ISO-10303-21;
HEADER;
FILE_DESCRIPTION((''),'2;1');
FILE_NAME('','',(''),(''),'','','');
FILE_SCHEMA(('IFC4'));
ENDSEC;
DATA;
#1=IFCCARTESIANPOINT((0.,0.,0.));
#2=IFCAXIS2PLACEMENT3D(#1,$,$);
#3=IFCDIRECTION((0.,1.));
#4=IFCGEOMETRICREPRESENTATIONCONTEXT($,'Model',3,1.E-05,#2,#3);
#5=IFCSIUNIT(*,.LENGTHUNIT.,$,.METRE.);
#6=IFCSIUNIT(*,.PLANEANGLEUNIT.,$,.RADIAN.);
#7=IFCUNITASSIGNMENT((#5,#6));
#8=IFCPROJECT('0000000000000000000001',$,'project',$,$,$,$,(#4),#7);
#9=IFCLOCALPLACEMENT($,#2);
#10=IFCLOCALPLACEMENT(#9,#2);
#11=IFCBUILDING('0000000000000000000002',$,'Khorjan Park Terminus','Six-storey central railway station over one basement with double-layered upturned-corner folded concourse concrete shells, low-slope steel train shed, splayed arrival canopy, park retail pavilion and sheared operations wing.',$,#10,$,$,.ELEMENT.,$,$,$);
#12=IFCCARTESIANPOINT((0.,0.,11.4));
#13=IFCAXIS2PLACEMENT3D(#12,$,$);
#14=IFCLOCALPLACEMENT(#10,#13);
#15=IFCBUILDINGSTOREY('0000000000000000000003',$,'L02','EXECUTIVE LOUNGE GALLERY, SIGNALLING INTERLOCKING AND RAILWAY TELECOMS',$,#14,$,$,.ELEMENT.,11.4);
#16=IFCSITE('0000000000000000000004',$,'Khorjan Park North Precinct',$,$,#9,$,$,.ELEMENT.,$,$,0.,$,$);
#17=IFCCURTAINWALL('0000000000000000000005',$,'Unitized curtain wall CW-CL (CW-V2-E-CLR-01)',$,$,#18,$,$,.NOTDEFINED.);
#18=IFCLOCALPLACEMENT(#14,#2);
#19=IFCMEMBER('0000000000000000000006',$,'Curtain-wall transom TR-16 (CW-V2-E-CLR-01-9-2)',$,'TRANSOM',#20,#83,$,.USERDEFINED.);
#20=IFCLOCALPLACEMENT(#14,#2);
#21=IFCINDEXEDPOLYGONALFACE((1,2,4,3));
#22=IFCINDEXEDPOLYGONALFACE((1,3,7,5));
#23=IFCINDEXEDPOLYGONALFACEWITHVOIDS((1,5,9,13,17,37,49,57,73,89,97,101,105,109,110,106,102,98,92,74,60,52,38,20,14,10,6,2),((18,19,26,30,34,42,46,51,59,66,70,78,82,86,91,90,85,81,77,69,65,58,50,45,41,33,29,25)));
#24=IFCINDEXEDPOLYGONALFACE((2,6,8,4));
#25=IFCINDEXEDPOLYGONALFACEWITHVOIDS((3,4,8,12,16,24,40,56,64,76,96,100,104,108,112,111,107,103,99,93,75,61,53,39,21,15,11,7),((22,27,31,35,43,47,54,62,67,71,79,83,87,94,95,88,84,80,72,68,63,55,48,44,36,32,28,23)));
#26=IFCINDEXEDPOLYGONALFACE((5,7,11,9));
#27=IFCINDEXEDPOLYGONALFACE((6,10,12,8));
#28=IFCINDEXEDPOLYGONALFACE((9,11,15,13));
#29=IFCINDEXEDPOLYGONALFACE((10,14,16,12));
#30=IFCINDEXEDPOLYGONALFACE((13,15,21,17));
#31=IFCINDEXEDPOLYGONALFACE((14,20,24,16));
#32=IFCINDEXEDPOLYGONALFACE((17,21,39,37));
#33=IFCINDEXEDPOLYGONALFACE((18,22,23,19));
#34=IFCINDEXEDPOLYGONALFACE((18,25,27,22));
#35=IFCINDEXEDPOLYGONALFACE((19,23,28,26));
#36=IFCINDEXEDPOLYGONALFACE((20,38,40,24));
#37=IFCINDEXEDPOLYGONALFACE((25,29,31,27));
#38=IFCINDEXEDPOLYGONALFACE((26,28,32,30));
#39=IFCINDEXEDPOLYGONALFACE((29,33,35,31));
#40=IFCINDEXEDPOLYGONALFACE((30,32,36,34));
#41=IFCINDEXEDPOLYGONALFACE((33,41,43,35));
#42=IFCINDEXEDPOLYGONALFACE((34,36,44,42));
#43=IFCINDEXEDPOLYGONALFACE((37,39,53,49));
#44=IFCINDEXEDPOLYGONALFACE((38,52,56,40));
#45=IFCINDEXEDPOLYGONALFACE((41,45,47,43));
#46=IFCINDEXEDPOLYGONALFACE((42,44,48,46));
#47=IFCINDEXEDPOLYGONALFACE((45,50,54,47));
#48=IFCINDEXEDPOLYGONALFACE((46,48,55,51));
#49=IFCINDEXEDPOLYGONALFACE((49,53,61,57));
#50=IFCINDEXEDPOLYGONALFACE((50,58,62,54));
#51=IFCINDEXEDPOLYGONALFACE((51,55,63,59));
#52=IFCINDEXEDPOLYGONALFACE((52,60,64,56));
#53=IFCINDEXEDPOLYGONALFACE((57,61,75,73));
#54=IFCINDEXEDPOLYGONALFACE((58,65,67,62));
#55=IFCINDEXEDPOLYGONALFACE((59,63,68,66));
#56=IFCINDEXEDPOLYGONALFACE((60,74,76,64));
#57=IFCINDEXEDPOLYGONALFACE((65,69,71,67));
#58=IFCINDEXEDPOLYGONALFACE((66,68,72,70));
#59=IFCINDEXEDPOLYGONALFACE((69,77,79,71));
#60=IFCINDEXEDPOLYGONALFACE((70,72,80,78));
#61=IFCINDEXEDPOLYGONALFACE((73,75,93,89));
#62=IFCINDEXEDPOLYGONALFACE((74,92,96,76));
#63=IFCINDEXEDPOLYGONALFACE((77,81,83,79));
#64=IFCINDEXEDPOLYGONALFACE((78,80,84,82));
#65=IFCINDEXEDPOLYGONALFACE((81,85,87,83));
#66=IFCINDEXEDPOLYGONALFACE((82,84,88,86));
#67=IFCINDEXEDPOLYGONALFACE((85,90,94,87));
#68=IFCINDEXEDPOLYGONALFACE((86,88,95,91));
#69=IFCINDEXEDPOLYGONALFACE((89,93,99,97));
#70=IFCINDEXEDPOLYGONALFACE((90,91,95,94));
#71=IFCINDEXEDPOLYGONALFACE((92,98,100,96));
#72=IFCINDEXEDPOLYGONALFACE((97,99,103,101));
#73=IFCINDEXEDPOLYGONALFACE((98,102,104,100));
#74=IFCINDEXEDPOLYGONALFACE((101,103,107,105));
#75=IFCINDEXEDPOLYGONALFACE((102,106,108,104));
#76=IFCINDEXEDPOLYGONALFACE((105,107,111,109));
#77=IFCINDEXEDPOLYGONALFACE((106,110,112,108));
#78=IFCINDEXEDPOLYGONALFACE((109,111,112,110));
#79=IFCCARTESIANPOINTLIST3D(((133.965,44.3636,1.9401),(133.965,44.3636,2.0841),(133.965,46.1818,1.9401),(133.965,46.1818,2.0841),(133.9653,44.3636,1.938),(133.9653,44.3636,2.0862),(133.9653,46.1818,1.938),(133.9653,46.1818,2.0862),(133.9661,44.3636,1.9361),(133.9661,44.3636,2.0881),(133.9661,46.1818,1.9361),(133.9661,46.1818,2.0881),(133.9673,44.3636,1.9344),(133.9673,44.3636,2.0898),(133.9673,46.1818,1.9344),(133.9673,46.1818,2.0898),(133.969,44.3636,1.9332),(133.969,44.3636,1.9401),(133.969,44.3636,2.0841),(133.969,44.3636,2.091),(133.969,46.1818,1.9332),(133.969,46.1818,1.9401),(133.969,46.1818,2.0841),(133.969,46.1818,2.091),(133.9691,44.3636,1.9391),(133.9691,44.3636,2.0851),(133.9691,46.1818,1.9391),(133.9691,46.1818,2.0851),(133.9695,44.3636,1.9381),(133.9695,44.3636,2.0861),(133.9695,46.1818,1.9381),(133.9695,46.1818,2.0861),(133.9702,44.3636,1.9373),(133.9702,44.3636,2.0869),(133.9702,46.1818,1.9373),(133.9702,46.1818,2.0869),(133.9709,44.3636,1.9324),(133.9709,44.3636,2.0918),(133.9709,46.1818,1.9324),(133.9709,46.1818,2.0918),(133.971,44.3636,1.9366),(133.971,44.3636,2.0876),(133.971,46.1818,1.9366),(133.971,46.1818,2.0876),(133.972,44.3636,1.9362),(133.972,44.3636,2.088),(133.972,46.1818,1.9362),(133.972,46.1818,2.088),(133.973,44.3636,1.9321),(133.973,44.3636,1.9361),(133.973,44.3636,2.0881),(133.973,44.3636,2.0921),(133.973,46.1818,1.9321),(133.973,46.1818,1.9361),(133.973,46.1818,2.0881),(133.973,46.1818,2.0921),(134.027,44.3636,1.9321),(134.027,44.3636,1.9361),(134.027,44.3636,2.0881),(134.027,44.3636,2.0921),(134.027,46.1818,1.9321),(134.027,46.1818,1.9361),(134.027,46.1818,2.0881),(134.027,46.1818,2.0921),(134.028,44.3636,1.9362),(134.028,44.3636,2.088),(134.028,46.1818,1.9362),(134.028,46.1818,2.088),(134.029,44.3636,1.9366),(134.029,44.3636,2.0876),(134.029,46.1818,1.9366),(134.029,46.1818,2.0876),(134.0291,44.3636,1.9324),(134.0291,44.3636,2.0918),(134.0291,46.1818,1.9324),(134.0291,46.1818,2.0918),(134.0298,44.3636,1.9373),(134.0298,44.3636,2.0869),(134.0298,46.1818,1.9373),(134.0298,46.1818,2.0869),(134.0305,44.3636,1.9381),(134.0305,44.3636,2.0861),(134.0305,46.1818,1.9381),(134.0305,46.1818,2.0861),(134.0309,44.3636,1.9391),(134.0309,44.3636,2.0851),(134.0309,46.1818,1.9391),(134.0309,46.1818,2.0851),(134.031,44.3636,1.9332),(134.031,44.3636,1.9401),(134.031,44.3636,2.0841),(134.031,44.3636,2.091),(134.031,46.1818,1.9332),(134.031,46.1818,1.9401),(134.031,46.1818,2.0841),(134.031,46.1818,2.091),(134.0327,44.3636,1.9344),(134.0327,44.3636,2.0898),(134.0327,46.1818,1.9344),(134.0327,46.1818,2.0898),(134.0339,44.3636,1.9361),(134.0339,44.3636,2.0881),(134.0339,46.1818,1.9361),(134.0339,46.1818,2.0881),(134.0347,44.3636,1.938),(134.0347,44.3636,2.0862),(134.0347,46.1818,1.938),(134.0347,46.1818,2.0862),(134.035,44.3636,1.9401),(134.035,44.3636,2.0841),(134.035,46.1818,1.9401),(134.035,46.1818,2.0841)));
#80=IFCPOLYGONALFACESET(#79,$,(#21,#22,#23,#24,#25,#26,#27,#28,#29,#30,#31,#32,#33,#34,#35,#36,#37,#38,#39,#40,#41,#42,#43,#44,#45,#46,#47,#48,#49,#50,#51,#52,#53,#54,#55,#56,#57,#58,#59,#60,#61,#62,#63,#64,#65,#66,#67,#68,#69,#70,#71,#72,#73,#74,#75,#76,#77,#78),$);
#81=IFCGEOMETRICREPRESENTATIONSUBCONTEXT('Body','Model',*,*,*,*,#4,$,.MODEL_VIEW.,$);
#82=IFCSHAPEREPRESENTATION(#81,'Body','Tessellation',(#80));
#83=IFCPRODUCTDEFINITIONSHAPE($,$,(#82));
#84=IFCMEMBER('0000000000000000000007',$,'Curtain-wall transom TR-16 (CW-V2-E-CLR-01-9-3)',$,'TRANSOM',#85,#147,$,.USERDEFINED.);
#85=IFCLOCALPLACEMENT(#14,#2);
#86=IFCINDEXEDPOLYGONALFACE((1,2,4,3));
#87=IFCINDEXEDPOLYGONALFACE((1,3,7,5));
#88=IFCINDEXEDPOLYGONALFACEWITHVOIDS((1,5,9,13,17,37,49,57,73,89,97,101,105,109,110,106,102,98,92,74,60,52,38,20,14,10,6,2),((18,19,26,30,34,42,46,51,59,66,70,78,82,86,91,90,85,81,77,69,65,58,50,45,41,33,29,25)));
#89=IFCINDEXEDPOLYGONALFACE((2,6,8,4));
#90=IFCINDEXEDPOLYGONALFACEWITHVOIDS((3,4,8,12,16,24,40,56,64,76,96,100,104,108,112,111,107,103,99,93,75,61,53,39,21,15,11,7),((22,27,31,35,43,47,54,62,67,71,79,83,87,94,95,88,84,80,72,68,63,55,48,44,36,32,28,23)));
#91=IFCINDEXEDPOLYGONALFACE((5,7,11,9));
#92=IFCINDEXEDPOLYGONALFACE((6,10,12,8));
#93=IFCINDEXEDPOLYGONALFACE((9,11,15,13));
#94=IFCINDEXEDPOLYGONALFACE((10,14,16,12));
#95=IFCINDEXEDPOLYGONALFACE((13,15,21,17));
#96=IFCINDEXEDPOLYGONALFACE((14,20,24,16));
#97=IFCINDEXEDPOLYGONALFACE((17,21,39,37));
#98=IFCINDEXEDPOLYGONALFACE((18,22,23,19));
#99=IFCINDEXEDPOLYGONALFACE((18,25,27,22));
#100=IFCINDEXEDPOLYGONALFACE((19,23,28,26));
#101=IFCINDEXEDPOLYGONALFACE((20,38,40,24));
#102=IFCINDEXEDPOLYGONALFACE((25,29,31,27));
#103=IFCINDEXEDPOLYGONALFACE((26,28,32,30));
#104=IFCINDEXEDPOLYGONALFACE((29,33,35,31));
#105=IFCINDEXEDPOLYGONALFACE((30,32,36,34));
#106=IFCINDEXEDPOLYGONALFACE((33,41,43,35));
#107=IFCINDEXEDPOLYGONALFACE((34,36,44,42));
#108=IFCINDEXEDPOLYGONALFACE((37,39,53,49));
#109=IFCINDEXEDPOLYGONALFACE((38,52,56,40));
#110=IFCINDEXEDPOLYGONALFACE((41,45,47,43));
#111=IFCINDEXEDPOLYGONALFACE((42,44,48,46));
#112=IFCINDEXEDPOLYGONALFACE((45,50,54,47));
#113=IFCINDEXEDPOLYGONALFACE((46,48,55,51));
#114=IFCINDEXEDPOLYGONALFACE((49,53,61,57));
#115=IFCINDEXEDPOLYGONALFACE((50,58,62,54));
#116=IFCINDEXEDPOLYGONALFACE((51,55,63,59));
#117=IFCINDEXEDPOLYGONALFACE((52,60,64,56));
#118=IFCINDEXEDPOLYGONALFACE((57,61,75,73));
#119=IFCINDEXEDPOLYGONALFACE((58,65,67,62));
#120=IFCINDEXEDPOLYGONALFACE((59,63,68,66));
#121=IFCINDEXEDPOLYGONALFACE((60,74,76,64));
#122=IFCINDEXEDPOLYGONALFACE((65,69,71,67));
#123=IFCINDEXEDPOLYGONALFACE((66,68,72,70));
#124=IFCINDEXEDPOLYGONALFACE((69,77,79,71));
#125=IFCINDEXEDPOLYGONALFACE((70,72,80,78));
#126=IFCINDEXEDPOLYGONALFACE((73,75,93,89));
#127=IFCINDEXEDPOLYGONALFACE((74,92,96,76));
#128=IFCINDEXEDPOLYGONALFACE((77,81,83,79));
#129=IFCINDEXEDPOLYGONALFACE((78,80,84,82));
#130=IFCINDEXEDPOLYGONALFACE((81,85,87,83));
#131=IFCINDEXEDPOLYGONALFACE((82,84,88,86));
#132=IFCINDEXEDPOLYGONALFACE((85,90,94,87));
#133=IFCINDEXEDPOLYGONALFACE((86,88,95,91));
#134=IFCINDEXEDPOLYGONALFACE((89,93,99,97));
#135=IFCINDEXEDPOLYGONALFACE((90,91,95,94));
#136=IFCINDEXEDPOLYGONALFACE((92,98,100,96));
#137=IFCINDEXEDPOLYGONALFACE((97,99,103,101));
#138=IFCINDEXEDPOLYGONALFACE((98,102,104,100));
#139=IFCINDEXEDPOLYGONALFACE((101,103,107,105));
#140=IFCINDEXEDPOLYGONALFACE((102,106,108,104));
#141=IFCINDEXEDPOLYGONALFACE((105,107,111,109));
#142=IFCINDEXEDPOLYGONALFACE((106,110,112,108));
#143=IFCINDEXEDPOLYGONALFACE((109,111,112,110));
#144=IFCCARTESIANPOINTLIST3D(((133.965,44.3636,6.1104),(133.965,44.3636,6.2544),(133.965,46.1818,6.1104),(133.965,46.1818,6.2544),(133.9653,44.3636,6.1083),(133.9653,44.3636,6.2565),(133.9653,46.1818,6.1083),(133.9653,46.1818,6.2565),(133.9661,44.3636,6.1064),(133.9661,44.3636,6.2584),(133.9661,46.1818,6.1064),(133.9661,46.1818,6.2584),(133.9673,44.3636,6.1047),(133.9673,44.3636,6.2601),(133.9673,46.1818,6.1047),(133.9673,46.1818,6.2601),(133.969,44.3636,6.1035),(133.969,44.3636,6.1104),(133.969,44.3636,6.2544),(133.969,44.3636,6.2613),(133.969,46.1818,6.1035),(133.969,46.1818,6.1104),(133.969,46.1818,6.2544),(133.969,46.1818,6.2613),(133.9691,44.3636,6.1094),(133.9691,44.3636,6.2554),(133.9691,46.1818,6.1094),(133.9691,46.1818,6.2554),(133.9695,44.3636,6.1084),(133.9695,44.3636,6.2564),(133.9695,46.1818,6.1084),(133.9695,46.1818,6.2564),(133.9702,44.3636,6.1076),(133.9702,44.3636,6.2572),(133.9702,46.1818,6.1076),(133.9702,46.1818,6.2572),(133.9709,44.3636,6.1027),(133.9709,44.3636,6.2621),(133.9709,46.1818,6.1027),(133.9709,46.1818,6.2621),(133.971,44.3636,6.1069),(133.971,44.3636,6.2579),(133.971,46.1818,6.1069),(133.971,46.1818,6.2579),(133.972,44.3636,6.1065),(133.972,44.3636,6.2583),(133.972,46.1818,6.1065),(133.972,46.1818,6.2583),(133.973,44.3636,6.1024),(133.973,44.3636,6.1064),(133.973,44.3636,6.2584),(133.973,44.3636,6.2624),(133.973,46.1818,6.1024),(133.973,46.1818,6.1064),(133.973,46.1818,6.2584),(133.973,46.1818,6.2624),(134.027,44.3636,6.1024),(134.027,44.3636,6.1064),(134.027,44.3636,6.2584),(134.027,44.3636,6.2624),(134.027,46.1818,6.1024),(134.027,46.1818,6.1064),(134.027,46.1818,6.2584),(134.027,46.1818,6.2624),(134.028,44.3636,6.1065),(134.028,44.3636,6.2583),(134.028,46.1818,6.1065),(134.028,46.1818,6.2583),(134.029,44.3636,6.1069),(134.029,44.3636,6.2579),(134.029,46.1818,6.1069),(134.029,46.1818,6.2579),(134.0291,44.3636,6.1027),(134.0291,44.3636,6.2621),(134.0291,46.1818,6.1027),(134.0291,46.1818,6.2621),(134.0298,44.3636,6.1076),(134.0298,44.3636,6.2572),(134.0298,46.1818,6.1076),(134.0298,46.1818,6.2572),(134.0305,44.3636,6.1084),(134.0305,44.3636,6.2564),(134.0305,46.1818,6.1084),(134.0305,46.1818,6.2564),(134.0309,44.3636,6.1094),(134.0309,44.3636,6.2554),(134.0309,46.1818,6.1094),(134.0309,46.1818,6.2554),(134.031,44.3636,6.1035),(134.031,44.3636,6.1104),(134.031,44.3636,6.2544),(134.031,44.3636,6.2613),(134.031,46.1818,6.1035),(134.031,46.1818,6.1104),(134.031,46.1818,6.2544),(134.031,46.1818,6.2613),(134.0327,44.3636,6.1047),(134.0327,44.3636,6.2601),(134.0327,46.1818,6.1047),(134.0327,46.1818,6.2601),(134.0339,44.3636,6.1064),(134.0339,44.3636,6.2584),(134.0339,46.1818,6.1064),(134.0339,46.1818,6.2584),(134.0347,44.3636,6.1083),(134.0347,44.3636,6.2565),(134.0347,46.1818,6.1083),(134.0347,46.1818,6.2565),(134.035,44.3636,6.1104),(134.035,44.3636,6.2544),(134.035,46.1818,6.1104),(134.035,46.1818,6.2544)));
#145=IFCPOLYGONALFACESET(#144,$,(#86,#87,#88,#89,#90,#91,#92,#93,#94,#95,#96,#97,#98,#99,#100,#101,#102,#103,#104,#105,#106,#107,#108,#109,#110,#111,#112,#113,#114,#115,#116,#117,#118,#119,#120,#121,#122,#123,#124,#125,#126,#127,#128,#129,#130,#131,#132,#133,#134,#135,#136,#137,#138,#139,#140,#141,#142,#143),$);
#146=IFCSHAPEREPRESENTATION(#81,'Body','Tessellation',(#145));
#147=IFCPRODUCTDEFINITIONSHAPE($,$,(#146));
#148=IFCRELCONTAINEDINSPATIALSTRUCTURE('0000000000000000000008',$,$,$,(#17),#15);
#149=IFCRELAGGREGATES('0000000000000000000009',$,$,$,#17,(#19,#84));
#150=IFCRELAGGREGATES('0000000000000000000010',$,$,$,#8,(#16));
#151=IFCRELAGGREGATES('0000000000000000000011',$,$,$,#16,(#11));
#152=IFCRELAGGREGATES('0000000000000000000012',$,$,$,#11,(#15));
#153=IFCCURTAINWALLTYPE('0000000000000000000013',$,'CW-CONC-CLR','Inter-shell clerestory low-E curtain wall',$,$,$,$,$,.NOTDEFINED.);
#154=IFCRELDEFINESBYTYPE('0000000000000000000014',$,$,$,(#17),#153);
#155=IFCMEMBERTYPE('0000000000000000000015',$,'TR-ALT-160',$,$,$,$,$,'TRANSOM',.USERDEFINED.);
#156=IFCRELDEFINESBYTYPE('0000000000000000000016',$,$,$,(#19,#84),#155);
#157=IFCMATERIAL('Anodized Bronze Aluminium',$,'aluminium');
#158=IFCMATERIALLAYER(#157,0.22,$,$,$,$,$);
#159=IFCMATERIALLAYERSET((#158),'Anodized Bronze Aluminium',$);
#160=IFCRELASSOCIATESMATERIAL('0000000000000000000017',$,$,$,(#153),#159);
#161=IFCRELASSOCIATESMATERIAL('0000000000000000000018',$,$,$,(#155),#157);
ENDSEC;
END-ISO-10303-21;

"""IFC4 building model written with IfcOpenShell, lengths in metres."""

from ifc_helpers import new_model, si_unit, direction, frame, origin, origin_2d, place, context, subcontext, project, spatial, hollow_rectangle, extrude, material, layer, layer_set, material_profile, profile_set, type_object, element, aggregate, save


model = new_model("IFC4")

# Units and contexts
model_context = context("Model", 3, precision=1e-05, world=origin(), true_north=direction((0.0, 1.0)))
body_context = subcontext(model_context, "Body", "Model", "MODEL_VIEW")
ifc_project = project(units=[si_unit("LENGTHUNIT", "METRE"), si_unit("PLANEANGLEUNIT", "RADIAN")], contexts=[model_context])

# Site, building, storey
site_placement = place(None, origin())
site = spatial("IfcSite", under=ifc_project, at=site_placement, Name="Khorjan Park North Precinct", CompositionType="ELEMENT", RefElevation=0.0)
building_placement = place(site_placement, origin())
building = spatial("IfcBuilding", under=site, at=building_placement, Name="Khorjan Park Terminus", Description="Six-storey central railway station over one basement with double-layered upturned-corner folded concourse concrete shells, low-slope steel train shed, splayed arrival canopy, park retail pavilion and sheared operations wing.", CompositionType="ELEMENT")
storey_placement = place(building_placement, frame((0.0, 0.0, 11.4)))
storey = spatial("IfcBuildingStorey", under=building, at=storey_placement, Name="L02", Description="EXECUTIVE LOUNGE GALLERY, SIGNALLING INTERLOCKING AND RAILWAY TELECOMS", CompositionType="ELEMENT", Elevation=11.4)

# Curtain wall, members
ifc_material_1 = material(Name="Anodized Bronze Aluminium", Category="aluminium")
ifc_layer_1 = layer(ifc_material_1, 0.22)
ifc_layer_set_1 = layer_set([ifc_layer_1], Name="Anodized Bronze Aluminium")
curtain_wall_type = type_object("IfcCurtainWallType", Name="CW-CONC-CLR", Description="Inter-shell clerestory low-E curtain wall", PredefinedType="NOTDEFINED", material=ifc_layer_set_1)
curtain_wall_placement = place(storey_placement, origin())
curtain_wall = element("IfcCurtainWall", 1, at=curtain_wall_placement, inside=storey, type_object=curtain_wall_type, Name="Unitized curtain wall CW-CL (CW-V2-E-CLR-01)", PredefinedType="NOTDEFINED")
ifc_material_profile = material_profile(ifc_material_1, hollow_rectangle(XDim=0.07, YDim=0.16, WallThickness=0.004, InnerFilletRadius=0.004, OuterFilletRadius=0.008, at=origin_2d()), Name="ALT 70x160x4")
ifc_profile_set = profile_set([ifc_material_profile], Name="Anodized Bronze Aluminium")
member_type = type_object("IfcMemberType", Name="TR-ALT-160", ElementType="TRANSOM", PredefinedType="USERDEFINED", material=ifc_profile_set)
member_1_placement = place(storey_placement, frame((134.0, 44.3636, 2.0121), z_axis=(0.0, 1.0, 0.0), x_axis=(-1.0, 0.0, 0.0)))
member_1 = element("IfcMember", 2, at=member_1_placement, type_object=member_type, Name="Curtain-wall transom TR-16 (CW-V2-E-CLR-01-9-2)", ObjectType="TRANSOM", PredefinedType="USERDEFINED", context=body_context, shape_type="SweptSolid", body=[
    extrude(hollow_rectangle(XDim=0.07, YDim=0.16, WallThickness=0.004, InnerFilletRadius=0.004, OuterFilletRadius=0.008, at=origin_2d()), origin(), (0.0, 0.0, 1.0), 1.8182),
])
member_2_placement = place(storey_placement, frame((134.0, 44.3636, 6.1824), z_axis=(0.0, 1.0, 0.0), x_axis=(-1.0, 0.0, 0.0)))
member_2 = element("IfcMember", 3, at=member_2_placement, type_object=member_type, Name="Curtain-wall transom TR-16 (CW-V2-E-CLR-01-9-3)", ObjectType="TRANSOM", PredefinedType="USERDEFINED", context=body_context, shape_type="SweptSolid", body=[
    extrude(hollow_rectangle(XDim=0.07, YDim=0.16, WallThickness=0.004, InnerFilletRadius=0.004, OuterFilletRadius=0.008, at=origin_2d()), origin(), (0.0, 0.0, 1.0), 1.8182),
])
aggregate(curtain_wall, [member_1, member_2])

save(model, "model.ifc")
